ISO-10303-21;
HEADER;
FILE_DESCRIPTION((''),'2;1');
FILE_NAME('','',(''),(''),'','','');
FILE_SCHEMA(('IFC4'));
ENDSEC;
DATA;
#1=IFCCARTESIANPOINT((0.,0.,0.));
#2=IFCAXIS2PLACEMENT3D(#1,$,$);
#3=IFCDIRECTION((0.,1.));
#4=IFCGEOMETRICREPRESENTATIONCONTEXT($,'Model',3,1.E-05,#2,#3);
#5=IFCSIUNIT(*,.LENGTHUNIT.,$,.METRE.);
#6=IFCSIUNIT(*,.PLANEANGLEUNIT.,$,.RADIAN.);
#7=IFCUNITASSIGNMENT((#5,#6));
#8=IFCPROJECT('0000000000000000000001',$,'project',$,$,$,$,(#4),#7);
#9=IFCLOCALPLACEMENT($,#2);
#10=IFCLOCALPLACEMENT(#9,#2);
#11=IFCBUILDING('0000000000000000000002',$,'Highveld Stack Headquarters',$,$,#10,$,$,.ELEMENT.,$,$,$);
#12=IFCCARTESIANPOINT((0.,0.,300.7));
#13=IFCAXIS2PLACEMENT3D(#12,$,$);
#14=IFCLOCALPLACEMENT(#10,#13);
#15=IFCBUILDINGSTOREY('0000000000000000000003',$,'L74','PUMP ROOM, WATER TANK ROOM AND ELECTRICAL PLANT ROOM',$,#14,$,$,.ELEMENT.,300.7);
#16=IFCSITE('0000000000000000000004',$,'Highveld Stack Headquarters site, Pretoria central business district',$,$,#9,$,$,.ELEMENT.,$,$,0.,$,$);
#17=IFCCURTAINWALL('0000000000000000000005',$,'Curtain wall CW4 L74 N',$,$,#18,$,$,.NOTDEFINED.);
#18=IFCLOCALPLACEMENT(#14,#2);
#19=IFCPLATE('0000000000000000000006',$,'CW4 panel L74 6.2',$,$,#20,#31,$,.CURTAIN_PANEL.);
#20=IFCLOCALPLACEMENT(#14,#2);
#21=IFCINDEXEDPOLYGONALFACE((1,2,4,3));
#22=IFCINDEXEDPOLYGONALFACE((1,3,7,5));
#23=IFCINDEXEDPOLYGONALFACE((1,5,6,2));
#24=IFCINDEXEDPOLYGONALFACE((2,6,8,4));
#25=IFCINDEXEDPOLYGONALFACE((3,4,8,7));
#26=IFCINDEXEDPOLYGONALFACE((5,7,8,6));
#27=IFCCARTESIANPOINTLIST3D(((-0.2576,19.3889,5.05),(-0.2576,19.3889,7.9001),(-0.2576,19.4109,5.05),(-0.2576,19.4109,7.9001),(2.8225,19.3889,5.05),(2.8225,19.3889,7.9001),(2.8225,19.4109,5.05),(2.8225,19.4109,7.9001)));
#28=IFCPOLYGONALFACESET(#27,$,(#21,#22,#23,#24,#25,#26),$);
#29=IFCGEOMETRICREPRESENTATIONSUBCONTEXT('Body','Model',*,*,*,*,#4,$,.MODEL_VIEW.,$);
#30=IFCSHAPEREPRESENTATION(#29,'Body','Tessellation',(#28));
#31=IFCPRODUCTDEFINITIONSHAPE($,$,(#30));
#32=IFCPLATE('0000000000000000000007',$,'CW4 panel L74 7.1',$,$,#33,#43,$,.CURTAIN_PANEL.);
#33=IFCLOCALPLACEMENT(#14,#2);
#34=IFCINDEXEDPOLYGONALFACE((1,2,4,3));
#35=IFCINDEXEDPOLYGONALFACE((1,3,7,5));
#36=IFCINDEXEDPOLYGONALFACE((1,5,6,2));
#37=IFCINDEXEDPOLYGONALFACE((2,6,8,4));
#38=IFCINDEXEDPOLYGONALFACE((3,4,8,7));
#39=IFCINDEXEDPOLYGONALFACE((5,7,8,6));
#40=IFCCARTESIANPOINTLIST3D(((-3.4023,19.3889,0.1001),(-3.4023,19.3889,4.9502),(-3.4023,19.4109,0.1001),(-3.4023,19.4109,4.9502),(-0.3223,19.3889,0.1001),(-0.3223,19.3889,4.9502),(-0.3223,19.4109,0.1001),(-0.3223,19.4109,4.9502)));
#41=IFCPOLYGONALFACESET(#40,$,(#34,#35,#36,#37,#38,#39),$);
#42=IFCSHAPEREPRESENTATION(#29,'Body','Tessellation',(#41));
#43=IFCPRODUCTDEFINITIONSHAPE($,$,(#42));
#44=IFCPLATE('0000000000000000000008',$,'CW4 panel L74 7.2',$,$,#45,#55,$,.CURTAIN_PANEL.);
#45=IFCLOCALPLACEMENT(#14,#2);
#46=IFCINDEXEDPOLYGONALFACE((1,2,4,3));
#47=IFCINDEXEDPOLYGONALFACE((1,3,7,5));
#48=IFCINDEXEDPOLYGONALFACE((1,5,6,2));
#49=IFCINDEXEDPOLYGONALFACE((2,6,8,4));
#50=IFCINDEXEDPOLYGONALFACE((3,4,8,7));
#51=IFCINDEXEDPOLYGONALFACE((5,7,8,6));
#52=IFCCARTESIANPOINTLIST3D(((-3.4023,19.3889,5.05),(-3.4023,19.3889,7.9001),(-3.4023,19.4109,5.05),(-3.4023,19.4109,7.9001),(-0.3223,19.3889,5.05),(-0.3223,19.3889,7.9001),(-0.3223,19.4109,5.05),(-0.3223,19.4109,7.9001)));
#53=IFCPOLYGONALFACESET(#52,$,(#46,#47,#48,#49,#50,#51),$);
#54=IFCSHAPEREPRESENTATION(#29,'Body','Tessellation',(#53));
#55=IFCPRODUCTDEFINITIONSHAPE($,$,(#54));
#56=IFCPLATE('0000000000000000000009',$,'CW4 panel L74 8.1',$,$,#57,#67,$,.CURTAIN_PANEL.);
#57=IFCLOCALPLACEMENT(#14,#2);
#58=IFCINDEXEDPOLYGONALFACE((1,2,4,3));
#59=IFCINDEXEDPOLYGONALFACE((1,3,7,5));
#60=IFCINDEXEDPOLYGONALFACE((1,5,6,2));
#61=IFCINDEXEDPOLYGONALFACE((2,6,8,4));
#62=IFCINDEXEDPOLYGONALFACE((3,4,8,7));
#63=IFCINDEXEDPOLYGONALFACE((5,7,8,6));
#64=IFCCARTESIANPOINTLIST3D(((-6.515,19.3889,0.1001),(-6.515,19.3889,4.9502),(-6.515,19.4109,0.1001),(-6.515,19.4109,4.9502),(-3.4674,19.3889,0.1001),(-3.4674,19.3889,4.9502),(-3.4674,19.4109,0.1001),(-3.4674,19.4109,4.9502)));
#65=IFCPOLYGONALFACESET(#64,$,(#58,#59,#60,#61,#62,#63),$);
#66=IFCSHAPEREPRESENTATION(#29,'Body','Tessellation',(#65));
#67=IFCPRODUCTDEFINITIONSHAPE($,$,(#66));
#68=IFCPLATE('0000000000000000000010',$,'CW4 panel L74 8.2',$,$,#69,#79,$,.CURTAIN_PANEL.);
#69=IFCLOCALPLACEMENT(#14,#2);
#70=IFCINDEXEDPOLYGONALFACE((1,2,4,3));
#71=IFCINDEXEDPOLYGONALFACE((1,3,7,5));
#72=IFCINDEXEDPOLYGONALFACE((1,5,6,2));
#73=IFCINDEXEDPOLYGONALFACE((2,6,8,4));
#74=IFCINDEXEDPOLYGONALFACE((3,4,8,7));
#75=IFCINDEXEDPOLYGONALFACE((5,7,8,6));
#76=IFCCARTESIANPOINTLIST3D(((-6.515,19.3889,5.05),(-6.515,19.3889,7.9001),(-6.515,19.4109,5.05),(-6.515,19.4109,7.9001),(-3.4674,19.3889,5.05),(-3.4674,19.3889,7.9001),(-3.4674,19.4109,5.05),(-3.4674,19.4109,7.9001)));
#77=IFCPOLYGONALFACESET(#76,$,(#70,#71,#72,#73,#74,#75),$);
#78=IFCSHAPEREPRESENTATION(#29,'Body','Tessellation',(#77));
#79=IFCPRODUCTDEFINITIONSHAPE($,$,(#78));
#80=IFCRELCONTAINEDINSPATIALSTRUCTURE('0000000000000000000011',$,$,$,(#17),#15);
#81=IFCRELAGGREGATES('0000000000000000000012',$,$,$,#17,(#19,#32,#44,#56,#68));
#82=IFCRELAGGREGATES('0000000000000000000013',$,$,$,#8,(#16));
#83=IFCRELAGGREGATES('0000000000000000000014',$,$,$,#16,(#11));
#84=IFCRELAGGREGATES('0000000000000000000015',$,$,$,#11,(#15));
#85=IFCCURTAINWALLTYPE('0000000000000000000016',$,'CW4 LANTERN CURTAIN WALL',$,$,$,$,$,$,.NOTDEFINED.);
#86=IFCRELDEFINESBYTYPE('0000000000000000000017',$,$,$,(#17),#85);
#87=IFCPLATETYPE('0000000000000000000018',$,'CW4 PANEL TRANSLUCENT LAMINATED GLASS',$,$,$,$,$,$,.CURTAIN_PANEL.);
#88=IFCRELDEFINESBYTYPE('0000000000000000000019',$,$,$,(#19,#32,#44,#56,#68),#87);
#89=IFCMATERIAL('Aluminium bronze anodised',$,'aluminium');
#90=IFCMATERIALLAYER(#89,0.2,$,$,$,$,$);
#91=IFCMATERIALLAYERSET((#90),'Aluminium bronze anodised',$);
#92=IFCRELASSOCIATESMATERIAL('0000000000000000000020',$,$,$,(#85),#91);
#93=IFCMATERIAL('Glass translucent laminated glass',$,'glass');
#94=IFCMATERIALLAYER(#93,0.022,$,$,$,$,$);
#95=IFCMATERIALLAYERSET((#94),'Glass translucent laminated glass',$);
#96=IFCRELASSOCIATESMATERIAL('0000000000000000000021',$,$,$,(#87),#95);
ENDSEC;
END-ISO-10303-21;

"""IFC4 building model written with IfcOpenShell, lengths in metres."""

from ifc_helpers import new_model, si_unit, direction, frame, origin, origin_2d, place, context, subcontext, project, spatial, rectangle, extrude, material, layer, layer_set, type_object, element, aggregate, save


model = new_model("IFC4")

# Units and contexts
model_context = context("Model", 3, precision=1e-05, world=origin(), true_north=direction((0.0, 1.0)))
body_context = subcontext(model_context, "Body", "Model", "MODEL_VIEW")
ifc_project = project(units=[si_unit("LENGTHUNIT", "METRE"), si_unit("PLANEANGLEUNIT", "RADIAN")], contexts=[model_context])

# Site, building, storey
site_placement = place(None, origin())
site = spatial("IfcSite", under=ifc_project, at=site_placement, Name="Highveld Stack Headquarters site, Pretoria central business district", CompositionType="ELEMENT", RefElevation=0.0)
building_placement = place(site_placement, origin())
building = spatial("IfcBuilding", under=site, at=building_placement, Name="Highveld Stack Headquarters", CompositionType="ELEMENT")
storey_placement = place(building_placement, frame((0.0, 0.0, 300.7)))
storey = spatial("IfcBuildingStorey", under=building, at=storey_placement, Name="L74", Description="PUMP ROOM, WATER TANK ROOM AND ELECTRICAL PLANT ROOM", CompositionType="ELEMENT", Elevation=300.7)

# Curtain wall, plates
ifc_material_1 = material(Name="Aluminium bronze anodised", Category="aluminium")
ifc_layer_1 = layer(ifc_material_1, 0.2)
ifc_layer_set_1 = layer_set([ifc_layer_1], Name="Aluminium bronze anodised")
curtain_wall_type = type_object("IfcCurtainWallType", Name="CW4 LANTERN CURTAIN WALL", PredefinedType="NOTDEFINED", material=ifc_layer_set_1)
curtain_wall_placement = place(storey_placement, origin())
curtain_wall = element("IfcCurtainWall", 1, at=curtain_wall_placement, inside=storey, type_object=curtain_wall_type, Name="Curtain wall CW4 L74 N", PredefinedType="NOTDEFINED")
ifc_material_2 = material(Name="Glass translucent laminated glass", Category="glass")
ifc_layer_2 = layer(ifc_material_2, 0.022)
ifc_layer_set_2 = layer_set([ifc_layer_2], Name="Glass translucent laminated glass")
plate_type = type_object("IfcPlateType", Name="CW4 PANEL TRANSLUCENT LAMINATED GLASS", PredefinedType="CURTAIN_PANEL", material=ifc_layer_set_2)
plate_1_placement = place(storey_placement, frame((1.2825, 19.3999, 5.05), z_axis=(0.0, 0.0, 1.0), x_axis=(-1.0, 0.0, 0.0)))
plate_1 = element("IfcPlate", 2, at=plate_1_placement, type_object=plate_type, Name="CW4 panel L74 6.2", PredefinedType="CURTAIN_PANEL", context=body_context, shape_type="SweptSolid", body=[
    extrude(rectangle(XDim=3.0801, YDim=0.022, at=origin_2d()), origin(), (0.0, 0.0, 1.0), 2.8501),
])
plate_2_placement = place(storey_placement, frame((-1.8623, 19.3999, 0.1001), z_axis=(0.0, 0.0, 1.0), x_axis=(-1.0, 0.0, 0.0)))
plate_2 = element("IfcPlate", 3, at=plate_2_placement, type_object=plate_type, Name="CW4 panel L74 7.1", PredefinedType="CURTAIN_PANEL", context=body_context, shape_type="SweptSolid", body=[
    extrude(rectangle(XDim=3.0801, YDim=0.022, at=origin_2d()), origin(), (0.0, 0.0, 1.0), 4.8501),
])
plate_3_placement = place(storey_placement, frame((-1.8623, 19.3999, 5.05), z_axis=(0.0, 0.0, 1.0), x_axis=(-1.0, 0.0, 0.0)))
plate_3 = element("IfcPlate", 4, at=plate_3_placement, type_object=plate_type, Name="CW4 panel L74 7.2", PredefinedType="CURTAIN_PANEL", context=body_context, shape_type="SweptSolid", body=[
    extrude(rectangle(XDim=3.0801, YDim=0.022, at=origin_2d()), origin(), (0.0, 0.0, 1.0), 2.8501),
])
plate_4_placement = place(storey_placement, frame((-4.9912, 19.3999, 0.1001), z_axis=(0.0, 0.0, 1.0), x_axis=(-1.0, 0.0, 0.0)))
plate_4 = element("IfcPlate", 5, at=plate_4_placement, type_object=plate_type, Name="CW4 panel L74 8.1", PredefinedType="CURTAIN_PANEL", context=body_context, shape_type="SweptSolid", body=[
    extrude(rectangle(XDim=3.0476, YDim=0.022, at=origin_2d()), origin(), (0.0, 0.0, 1.0), 4.8501),
])
plate_5_placement = place(storey_placement, frame((-4.9912, 19.3999, 5.05), z_axis=(0.0, 0.0, 1.0), x_axis=(-1.0, 0.0, 0.0)))
plate_5 = element("IfcPlate", 6, at=plate_5_placement, type_object=plate_type, Name="CW4 panel L74 8.2", PredefinedType="CURTAIN_PANEL", context=body_context, shape_type="SweptSolid", body=[
    extrude(rectangle(XDim=3.0476, YDim=0.022, at=origin_2d()), origin(), (0.0, 0.0, 1.0), 2.8501),
])
aggregate(curtain_wall, [plate_1, plate_2, plate_3, plate_4, plate_5])

save(model, "model.ifc")
